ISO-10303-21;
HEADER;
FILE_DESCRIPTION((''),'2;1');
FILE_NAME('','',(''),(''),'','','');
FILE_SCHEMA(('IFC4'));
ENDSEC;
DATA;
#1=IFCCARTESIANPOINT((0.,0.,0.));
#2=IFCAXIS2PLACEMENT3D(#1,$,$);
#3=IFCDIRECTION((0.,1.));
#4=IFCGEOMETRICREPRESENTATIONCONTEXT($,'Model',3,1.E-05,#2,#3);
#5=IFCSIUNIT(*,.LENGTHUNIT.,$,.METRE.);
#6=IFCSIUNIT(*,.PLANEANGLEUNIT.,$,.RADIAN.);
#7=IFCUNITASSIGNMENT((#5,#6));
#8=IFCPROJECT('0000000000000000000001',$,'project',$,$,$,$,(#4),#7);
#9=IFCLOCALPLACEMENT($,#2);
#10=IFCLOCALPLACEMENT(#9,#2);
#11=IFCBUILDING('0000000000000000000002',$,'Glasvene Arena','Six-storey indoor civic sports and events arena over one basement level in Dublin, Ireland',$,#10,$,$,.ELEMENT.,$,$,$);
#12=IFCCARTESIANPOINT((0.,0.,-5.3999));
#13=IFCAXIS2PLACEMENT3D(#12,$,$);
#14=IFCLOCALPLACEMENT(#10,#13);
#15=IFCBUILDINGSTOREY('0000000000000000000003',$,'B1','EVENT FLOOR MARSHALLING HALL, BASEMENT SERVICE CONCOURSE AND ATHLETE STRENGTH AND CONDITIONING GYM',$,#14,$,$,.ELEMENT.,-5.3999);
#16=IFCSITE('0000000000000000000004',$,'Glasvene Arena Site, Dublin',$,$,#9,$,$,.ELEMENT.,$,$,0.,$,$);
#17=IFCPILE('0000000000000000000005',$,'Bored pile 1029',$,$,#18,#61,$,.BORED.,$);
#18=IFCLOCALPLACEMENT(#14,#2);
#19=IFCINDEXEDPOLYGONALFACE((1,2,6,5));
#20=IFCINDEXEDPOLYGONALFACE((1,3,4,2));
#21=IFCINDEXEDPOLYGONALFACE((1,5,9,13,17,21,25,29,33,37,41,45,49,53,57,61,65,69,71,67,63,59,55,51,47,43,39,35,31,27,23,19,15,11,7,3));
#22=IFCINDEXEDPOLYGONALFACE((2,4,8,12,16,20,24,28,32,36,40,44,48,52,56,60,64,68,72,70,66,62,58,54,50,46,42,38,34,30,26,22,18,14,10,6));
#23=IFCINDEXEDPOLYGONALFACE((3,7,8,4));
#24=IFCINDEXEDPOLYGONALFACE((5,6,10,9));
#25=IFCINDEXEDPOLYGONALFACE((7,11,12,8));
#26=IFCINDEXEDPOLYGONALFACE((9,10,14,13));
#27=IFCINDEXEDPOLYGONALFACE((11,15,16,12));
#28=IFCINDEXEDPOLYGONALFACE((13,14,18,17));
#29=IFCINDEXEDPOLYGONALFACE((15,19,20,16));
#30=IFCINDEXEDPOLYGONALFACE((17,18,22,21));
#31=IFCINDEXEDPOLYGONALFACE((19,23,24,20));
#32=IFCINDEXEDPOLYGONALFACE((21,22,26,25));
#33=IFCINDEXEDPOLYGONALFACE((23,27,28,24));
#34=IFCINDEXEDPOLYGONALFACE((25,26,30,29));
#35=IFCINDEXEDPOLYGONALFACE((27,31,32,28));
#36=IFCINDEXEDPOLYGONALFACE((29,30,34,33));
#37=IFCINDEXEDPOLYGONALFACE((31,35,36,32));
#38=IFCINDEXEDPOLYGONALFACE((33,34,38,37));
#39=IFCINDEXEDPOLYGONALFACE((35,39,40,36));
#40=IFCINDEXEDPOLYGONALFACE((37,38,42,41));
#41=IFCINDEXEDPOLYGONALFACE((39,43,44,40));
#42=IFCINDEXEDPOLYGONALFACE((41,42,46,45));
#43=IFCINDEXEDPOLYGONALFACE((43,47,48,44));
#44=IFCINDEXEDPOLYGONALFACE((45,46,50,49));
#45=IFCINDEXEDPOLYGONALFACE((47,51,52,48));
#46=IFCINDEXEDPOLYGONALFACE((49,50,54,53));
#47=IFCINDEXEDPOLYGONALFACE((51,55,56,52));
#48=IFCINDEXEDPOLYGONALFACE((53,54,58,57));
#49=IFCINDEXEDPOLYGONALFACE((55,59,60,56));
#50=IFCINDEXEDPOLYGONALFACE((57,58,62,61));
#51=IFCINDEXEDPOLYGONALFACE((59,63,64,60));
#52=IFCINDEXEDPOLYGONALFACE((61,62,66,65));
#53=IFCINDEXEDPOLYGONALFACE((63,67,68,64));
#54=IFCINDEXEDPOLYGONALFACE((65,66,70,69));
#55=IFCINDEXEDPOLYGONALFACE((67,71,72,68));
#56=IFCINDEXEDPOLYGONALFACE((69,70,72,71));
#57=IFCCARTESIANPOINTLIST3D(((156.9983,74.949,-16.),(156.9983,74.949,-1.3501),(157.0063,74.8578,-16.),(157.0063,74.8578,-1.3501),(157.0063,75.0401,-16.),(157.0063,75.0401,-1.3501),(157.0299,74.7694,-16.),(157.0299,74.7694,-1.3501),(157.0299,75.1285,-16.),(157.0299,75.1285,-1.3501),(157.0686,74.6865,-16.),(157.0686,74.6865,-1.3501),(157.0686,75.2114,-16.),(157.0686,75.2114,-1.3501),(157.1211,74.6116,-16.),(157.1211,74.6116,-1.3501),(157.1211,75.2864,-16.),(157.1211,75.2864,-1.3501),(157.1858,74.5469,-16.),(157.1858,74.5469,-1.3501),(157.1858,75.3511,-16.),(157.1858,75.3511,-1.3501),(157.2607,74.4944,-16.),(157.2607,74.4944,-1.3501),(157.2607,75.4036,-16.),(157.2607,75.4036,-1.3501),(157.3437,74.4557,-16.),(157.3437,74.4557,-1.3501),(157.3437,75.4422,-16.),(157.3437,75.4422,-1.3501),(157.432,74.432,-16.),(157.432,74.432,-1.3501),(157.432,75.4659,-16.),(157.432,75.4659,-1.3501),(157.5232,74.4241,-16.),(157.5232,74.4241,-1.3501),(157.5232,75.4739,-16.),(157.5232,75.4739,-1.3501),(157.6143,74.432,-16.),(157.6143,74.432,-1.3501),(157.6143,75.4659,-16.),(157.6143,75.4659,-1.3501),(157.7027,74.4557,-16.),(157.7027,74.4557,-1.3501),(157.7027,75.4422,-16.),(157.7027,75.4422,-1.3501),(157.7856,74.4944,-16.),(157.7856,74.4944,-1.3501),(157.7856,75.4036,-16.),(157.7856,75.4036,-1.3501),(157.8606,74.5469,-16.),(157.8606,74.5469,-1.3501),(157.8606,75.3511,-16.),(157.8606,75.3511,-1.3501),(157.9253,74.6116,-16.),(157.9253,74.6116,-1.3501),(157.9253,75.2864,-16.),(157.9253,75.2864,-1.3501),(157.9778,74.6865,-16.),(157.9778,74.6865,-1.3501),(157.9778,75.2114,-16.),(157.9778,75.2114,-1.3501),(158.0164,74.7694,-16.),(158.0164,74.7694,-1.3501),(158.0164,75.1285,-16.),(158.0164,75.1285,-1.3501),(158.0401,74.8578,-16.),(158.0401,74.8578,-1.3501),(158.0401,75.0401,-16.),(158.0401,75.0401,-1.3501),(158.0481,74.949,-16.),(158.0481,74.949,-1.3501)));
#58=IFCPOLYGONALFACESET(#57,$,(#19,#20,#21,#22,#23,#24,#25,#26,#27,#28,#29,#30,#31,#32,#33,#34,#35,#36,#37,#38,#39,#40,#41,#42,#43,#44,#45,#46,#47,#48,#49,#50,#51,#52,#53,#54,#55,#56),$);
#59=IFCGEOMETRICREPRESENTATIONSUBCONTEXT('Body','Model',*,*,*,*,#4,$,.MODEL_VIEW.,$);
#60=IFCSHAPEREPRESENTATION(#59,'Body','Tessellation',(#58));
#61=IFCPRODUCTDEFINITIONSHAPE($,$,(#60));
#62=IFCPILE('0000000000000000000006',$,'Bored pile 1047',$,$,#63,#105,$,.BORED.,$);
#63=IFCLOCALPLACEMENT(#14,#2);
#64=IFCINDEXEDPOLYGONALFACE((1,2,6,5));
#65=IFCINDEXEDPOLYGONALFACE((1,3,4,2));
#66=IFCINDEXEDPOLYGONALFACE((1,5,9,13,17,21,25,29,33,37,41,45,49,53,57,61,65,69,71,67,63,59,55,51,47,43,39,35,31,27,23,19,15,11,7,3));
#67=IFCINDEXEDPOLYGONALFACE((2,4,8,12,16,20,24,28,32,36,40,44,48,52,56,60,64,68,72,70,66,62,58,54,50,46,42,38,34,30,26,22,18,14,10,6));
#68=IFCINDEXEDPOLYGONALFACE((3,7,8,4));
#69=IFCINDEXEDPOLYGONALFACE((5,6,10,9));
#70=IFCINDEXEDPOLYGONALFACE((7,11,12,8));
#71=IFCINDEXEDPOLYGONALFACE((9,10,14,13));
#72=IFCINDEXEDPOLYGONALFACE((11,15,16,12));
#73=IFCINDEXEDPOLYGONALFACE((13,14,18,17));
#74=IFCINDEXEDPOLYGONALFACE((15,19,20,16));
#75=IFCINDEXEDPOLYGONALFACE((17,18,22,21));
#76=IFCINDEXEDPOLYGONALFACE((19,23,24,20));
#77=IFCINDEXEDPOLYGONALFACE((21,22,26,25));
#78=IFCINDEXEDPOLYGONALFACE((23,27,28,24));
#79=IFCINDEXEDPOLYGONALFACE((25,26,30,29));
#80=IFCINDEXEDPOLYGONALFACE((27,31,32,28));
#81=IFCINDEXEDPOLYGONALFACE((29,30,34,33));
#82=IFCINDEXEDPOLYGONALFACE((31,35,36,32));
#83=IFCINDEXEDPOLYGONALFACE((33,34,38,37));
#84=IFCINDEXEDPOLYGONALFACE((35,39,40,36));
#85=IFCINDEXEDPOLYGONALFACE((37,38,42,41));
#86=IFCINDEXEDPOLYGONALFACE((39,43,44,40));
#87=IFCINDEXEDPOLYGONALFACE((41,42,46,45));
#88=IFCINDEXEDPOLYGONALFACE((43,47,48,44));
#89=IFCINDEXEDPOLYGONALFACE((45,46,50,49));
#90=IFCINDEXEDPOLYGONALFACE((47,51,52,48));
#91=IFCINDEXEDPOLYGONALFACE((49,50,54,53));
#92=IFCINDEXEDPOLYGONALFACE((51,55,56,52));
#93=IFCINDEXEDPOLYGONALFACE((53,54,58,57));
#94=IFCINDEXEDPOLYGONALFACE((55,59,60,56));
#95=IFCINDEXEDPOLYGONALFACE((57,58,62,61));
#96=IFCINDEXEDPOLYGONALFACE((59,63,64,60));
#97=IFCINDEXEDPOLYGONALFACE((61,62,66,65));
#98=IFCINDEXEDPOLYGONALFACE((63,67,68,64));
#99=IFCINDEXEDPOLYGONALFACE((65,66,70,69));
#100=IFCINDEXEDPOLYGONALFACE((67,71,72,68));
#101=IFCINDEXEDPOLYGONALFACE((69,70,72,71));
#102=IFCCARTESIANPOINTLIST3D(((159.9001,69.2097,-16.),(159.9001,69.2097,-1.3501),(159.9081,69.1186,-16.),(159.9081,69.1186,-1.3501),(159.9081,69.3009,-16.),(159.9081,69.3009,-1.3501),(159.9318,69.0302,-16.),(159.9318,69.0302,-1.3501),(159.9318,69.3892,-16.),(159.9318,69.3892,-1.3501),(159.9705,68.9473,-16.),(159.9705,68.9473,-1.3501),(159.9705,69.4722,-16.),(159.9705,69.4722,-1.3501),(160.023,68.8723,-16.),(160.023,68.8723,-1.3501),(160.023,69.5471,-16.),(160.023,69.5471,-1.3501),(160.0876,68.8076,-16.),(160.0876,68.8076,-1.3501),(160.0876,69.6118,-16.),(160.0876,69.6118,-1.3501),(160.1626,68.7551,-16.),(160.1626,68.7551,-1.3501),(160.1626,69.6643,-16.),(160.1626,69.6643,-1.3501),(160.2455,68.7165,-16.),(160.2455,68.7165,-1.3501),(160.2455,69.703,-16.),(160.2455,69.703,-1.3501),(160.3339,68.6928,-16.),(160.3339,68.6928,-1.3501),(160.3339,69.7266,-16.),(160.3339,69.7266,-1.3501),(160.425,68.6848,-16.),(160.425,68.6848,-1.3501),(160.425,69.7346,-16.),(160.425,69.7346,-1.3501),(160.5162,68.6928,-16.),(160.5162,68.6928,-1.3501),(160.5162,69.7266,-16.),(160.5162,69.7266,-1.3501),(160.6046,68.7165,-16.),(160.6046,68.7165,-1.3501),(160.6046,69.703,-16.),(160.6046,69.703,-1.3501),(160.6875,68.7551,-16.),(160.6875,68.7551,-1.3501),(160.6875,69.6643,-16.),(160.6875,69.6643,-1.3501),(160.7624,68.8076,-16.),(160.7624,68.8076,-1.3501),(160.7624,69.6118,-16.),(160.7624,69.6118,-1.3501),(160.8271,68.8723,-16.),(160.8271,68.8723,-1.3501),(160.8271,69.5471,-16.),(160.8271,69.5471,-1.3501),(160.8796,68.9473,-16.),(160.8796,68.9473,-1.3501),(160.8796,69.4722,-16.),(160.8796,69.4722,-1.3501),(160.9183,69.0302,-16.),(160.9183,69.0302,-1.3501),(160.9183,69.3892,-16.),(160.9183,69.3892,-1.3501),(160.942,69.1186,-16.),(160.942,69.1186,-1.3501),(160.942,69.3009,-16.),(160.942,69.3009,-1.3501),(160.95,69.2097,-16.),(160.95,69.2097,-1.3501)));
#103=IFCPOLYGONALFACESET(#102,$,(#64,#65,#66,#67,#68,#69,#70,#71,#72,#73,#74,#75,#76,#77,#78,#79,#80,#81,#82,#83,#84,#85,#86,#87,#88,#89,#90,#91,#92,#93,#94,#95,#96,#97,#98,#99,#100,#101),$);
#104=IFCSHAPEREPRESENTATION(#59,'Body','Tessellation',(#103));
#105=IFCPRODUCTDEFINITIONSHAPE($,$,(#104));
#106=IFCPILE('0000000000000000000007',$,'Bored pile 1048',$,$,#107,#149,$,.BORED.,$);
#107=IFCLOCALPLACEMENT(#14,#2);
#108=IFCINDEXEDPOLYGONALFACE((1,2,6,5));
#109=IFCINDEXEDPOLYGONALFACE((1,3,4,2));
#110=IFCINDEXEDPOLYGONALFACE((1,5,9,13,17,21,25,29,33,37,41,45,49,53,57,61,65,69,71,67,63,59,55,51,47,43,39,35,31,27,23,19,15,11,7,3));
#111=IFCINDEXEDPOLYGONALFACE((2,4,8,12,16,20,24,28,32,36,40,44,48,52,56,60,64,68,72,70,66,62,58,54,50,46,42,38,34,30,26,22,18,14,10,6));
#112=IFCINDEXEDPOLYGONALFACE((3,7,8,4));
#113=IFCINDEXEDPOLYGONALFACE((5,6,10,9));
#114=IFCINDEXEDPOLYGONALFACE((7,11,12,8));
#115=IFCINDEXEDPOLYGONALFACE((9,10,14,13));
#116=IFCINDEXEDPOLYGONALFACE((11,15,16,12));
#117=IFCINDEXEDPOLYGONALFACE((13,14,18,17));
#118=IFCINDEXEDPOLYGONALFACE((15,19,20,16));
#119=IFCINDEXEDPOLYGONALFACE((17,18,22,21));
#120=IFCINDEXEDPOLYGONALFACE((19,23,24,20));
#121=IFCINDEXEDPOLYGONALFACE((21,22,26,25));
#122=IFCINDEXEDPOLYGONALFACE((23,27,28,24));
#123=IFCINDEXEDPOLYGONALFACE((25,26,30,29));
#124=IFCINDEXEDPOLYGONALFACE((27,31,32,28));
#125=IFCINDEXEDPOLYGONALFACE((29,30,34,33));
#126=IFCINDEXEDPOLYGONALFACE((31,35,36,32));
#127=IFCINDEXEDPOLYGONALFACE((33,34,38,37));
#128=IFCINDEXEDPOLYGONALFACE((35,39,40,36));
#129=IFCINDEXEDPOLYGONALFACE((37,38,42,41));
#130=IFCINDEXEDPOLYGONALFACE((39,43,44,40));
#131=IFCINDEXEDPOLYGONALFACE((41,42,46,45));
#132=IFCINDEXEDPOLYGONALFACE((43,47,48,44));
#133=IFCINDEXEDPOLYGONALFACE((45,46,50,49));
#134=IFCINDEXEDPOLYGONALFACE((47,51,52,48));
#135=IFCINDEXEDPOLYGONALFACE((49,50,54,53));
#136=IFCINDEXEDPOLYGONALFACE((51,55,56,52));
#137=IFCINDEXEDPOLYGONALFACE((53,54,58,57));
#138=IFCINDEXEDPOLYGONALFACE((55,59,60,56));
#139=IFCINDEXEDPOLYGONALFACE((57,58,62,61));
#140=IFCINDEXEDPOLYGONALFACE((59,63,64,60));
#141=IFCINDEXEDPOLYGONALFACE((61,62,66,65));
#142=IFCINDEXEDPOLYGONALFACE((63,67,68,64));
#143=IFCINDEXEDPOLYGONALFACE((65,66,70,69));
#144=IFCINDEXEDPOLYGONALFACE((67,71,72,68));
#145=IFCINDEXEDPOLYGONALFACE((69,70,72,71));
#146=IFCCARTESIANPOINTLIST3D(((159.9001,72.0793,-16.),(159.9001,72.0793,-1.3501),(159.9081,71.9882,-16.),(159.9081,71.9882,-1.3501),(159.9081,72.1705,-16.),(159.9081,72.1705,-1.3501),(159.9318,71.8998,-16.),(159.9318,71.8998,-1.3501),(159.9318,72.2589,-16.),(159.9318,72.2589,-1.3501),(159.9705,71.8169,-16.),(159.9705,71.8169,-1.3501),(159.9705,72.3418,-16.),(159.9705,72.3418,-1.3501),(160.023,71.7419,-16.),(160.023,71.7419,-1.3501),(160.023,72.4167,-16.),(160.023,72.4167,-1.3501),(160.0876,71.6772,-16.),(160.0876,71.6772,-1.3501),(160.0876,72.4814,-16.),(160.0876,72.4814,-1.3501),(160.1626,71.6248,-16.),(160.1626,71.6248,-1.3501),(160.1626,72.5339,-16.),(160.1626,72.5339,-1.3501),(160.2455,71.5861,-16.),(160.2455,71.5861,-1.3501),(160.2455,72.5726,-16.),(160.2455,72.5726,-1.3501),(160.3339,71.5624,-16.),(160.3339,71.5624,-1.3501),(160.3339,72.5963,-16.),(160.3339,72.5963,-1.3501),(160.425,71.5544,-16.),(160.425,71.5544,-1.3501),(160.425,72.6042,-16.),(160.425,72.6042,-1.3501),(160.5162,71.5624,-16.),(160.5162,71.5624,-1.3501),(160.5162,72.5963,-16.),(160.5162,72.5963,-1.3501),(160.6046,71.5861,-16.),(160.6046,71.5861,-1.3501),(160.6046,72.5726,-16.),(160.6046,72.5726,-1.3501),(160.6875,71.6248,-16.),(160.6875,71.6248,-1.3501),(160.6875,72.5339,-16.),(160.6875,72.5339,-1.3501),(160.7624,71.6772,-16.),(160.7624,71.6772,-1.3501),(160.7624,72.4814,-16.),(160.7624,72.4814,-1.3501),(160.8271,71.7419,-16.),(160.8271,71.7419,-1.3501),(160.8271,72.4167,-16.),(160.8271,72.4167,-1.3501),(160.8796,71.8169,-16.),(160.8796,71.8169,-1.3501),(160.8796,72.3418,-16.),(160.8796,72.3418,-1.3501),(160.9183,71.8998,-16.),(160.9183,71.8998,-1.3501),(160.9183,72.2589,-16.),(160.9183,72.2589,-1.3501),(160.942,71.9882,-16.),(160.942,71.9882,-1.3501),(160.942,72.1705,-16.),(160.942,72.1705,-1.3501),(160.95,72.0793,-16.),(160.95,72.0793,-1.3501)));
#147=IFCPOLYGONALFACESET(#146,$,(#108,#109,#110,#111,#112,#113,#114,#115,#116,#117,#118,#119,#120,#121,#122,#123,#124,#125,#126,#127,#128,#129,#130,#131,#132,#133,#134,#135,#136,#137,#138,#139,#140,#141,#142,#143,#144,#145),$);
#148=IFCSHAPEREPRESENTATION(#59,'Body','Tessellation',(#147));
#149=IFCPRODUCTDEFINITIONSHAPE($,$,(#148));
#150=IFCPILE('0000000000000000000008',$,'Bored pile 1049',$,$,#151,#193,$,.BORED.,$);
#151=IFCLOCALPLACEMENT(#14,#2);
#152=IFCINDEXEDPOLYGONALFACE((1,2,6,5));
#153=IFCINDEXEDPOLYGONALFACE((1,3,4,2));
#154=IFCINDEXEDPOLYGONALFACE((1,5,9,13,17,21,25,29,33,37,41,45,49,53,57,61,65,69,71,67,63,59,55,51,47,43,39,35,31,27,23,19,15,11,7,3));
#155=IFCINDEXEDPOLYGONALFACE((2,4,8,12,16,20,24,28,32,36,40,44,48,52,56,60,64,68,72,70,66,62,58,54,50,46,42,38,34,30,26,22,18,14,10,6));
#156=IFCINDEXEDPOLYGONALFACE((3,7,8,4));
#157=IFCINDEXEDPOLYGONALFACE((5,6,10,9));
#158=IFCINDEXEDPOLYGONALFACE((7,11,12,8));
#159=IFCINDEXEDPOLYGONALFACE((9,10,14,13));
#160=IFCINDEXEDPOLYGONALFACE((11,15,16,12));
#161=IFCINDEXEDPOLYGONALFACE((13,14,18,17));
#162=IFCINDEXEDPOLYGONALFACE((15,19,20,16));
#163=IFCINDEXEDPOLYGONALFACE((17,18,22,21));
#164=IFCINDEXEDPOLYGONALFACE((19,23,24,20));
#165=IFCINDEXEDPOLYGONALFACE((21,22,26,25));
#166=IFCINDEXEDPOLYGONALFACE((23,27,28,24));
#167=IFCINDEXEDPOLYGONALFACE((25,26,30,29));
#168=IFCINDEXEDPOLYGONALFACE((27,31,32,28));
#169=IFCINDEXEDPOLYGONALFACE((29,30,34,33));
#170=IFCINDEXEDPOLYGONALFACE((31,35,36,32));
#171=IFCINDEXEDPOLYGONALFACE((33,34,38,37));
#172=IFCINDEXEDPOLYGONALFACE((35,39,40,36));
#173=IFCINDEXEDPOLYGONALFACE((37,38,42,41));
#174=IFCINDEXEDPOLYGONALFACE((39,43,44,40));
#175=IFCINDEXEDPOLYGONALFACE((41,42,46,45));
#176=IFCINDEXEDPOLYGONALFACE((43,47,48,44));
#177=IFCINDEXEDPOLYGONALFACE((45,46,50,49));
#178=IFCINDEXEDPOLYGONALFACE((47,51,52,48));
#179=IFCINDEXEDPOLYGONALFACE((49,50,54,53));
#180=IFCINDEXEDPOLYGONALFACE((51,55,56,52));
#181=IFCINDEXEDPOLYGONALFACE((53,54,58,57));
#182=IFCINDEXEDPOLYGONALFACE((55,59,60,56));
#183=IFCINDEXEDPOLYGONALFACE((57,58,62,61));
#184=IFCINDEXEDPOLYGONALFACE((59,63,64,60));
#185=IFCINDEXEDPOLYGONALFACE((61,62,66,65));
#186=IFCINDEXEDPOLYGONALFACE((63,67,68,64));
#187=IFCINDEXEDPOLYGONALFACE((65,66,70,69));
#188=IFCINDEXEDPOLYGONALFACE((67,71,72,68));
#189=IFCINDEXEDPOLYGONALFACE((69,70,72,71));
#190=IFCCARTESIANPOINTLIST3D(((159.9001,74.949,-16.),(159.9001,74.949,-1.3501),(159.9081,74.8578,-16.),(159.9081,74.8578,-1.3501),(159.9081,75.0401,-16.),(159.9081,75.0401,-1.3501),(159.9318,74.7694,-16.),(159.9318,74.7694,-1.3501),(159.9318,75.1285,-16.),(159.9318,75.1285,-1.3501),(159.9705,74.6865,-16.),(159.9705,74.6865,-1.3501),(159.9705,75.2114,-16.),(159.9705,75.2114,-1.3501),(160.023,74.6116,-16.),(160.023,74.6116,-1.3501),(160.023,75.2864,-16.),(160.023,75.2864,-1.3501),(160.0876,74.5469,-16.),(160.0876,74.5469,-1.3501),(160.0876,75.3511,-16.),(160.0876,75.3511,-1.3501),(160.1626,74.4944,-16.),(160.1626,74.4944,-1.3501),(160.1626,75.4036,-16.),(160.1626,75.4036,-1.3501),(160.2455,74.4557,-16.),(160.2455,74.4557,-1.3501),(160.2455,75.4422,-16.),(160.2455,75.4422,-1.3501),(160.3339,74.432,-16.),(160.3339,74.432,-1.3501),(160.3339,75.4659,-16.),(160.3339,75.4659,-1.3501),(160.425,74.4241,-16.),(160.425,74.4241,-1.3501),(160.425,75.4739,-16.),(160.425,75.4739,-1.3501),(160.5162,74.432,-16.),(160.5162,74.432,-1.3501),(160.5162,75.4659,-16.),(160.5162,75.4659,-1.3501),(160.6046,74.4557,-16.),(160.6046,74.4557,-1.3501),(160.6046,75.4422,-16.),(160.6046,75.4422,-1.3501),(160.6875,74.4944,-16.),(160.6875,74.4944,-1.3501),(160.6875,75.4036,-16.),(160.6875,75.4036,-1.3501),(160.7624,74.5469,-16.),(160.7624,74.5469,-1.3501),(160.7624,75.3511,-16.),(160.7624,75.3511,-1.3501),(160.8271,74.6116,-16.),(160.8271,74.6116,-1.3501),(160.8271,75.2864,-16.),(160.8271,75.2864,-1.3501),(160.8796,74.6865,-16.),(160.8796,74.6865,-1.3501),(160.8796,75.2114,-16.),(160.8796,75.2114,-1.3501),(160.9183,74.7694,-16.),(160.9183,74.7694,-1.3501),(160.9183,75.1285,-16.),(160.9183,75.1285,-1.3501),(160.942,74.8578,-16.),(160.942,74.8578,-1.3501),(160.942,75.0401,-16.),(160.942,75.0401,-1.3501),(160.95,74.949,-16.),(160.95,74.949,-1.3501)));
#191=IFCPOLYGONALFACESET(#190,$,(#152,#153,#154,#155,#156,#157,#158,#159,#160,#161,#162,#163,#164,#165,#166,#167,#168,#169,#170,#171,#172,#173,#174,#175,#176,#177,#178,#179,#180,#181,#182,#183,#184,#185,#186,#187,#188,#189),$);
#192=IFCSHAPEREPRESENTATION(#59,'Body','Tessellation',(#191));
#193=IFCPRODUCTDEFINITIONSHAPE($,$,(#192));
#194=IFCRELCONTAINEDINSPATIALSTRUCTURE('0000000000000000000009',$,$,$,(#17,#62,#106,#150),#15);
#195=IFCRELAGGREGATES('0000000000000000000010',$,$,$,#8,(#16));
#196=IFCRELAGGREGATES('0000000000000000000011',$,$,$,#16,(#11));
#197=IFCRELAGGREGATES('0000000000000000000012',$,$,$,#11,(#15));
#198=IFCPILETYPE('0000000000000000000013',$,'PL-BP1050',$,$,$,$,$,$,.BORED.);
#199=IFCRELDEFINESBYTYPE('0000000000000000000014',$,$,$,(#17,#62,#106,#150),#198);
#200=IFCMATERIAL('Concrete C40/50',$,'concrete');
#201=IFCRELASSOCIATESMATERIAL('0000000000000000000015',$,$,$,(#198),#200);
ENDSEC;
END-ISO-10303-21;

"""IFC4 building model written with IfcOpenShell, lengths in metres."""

from ifc_helpers import new_model, si_unit, direction, frame, origin, origin_2d, place, context, subcontext, project, spatial, circle, extrude, material, material_profile, profile_set, type_object, element, save


model = new_model("IFC4")

# Units and contexts
model_context = context("Model", 3, precision=1e-05, world=origin(), true_north=direction((0.0, 1.0)))
body_context = subcontext(model_context, "Body", "Model", "MODEL_VIEW")
ifc_project = project(units=[si_unit("LENGTHUNIT", "METRE"), si_unit("PLANEANGLEUNIT", "RADIAN")], contexts=[model_context])

# Site, building, storey
site_placement = place(None, origin())
site = spatial("IfcSite", under=ifc_project, at=site_placement, Name="Glasvene Arena Site, Dublin", CompositionType="ELEMENT", RefElevation=0.0)
building_placement = place(site_placement, origin())
building = spatial("IfcBuilding", under=site, at=building_placement, Name="Glasvene Arena", Description="Six-storey indoor civic sports and events arena over one basement level in Dublin, Ireland", CompositionType="ELEMENT")
storey_placement = place(building_placement, frame((0.0, 0.0, -5.3999)))
storey = spatial("IfcBuildingStorey", under=building, at=storey_placement, Name="B1", Description="EVENT FLOOR MARSHALLING HALL, BASEMENT SERVICE CONCOURSE AND ATHLETE STRENGTH AND CONDITIONING GYM", CompositionType="ELEMENT", Elevation=-5.3999)

# Shared definitions
ifc_material_1 = material(Name="Concrete C40/50", Category="concrete")

# Piles
ifc_material_profile_1 = material_profile(ifc_material_1, circle(Radius=0.5249, at=origin_2d()), Name="BORED PILE 1050")
ifc_profile_set_1 = profile_set([ifc_material_profile_1], Name="Concrete C40/50")
pile_type_1 = type_object("IfcPileType", Name="PL-BP1050", PredefinedType="BORED", material=ifc_profile_set_1)
for number, where, z_axis, x_axis, name in (
    (1, (157.5232, 74.949, -1.3501), (0.0, 0.0, -1.0), (1.0, 0.0, 0.0), "Bored pile 1029"),
    (2, (160.425, 69.2097, -1.3501), (0.0, 0.0, -1.0), (1.0, 0.0, 0.0), "Bored pile 1047"),
    (3, (160.425, 72.0793, -1.3501), (0.0, 0.0, -1.0), (1.0, 0.0, 0.0), "Bored pile 1048"),
    (4, (160.425, 74.949, -1.3501), (0.0, 0.0, -1.0), (1.0, 0.0, 0.0), "Bored pile 1049"),
):
    element("IfcPile", number, at=place(storey_placement, frame(where, z_axis=z_axis, x_axis=x_axis)), inside=storey, type_object=pile_type_1, Name=name, PredefinedType="BORED", context=body_context, shape_type="SweptSolid", body=[
        extrude(circle(Radius=0.5249, at=origin_2d()), origin(), (0.0, 0.0, 1.0), 14.6499),
    ])

save(model, "model.ifc")
